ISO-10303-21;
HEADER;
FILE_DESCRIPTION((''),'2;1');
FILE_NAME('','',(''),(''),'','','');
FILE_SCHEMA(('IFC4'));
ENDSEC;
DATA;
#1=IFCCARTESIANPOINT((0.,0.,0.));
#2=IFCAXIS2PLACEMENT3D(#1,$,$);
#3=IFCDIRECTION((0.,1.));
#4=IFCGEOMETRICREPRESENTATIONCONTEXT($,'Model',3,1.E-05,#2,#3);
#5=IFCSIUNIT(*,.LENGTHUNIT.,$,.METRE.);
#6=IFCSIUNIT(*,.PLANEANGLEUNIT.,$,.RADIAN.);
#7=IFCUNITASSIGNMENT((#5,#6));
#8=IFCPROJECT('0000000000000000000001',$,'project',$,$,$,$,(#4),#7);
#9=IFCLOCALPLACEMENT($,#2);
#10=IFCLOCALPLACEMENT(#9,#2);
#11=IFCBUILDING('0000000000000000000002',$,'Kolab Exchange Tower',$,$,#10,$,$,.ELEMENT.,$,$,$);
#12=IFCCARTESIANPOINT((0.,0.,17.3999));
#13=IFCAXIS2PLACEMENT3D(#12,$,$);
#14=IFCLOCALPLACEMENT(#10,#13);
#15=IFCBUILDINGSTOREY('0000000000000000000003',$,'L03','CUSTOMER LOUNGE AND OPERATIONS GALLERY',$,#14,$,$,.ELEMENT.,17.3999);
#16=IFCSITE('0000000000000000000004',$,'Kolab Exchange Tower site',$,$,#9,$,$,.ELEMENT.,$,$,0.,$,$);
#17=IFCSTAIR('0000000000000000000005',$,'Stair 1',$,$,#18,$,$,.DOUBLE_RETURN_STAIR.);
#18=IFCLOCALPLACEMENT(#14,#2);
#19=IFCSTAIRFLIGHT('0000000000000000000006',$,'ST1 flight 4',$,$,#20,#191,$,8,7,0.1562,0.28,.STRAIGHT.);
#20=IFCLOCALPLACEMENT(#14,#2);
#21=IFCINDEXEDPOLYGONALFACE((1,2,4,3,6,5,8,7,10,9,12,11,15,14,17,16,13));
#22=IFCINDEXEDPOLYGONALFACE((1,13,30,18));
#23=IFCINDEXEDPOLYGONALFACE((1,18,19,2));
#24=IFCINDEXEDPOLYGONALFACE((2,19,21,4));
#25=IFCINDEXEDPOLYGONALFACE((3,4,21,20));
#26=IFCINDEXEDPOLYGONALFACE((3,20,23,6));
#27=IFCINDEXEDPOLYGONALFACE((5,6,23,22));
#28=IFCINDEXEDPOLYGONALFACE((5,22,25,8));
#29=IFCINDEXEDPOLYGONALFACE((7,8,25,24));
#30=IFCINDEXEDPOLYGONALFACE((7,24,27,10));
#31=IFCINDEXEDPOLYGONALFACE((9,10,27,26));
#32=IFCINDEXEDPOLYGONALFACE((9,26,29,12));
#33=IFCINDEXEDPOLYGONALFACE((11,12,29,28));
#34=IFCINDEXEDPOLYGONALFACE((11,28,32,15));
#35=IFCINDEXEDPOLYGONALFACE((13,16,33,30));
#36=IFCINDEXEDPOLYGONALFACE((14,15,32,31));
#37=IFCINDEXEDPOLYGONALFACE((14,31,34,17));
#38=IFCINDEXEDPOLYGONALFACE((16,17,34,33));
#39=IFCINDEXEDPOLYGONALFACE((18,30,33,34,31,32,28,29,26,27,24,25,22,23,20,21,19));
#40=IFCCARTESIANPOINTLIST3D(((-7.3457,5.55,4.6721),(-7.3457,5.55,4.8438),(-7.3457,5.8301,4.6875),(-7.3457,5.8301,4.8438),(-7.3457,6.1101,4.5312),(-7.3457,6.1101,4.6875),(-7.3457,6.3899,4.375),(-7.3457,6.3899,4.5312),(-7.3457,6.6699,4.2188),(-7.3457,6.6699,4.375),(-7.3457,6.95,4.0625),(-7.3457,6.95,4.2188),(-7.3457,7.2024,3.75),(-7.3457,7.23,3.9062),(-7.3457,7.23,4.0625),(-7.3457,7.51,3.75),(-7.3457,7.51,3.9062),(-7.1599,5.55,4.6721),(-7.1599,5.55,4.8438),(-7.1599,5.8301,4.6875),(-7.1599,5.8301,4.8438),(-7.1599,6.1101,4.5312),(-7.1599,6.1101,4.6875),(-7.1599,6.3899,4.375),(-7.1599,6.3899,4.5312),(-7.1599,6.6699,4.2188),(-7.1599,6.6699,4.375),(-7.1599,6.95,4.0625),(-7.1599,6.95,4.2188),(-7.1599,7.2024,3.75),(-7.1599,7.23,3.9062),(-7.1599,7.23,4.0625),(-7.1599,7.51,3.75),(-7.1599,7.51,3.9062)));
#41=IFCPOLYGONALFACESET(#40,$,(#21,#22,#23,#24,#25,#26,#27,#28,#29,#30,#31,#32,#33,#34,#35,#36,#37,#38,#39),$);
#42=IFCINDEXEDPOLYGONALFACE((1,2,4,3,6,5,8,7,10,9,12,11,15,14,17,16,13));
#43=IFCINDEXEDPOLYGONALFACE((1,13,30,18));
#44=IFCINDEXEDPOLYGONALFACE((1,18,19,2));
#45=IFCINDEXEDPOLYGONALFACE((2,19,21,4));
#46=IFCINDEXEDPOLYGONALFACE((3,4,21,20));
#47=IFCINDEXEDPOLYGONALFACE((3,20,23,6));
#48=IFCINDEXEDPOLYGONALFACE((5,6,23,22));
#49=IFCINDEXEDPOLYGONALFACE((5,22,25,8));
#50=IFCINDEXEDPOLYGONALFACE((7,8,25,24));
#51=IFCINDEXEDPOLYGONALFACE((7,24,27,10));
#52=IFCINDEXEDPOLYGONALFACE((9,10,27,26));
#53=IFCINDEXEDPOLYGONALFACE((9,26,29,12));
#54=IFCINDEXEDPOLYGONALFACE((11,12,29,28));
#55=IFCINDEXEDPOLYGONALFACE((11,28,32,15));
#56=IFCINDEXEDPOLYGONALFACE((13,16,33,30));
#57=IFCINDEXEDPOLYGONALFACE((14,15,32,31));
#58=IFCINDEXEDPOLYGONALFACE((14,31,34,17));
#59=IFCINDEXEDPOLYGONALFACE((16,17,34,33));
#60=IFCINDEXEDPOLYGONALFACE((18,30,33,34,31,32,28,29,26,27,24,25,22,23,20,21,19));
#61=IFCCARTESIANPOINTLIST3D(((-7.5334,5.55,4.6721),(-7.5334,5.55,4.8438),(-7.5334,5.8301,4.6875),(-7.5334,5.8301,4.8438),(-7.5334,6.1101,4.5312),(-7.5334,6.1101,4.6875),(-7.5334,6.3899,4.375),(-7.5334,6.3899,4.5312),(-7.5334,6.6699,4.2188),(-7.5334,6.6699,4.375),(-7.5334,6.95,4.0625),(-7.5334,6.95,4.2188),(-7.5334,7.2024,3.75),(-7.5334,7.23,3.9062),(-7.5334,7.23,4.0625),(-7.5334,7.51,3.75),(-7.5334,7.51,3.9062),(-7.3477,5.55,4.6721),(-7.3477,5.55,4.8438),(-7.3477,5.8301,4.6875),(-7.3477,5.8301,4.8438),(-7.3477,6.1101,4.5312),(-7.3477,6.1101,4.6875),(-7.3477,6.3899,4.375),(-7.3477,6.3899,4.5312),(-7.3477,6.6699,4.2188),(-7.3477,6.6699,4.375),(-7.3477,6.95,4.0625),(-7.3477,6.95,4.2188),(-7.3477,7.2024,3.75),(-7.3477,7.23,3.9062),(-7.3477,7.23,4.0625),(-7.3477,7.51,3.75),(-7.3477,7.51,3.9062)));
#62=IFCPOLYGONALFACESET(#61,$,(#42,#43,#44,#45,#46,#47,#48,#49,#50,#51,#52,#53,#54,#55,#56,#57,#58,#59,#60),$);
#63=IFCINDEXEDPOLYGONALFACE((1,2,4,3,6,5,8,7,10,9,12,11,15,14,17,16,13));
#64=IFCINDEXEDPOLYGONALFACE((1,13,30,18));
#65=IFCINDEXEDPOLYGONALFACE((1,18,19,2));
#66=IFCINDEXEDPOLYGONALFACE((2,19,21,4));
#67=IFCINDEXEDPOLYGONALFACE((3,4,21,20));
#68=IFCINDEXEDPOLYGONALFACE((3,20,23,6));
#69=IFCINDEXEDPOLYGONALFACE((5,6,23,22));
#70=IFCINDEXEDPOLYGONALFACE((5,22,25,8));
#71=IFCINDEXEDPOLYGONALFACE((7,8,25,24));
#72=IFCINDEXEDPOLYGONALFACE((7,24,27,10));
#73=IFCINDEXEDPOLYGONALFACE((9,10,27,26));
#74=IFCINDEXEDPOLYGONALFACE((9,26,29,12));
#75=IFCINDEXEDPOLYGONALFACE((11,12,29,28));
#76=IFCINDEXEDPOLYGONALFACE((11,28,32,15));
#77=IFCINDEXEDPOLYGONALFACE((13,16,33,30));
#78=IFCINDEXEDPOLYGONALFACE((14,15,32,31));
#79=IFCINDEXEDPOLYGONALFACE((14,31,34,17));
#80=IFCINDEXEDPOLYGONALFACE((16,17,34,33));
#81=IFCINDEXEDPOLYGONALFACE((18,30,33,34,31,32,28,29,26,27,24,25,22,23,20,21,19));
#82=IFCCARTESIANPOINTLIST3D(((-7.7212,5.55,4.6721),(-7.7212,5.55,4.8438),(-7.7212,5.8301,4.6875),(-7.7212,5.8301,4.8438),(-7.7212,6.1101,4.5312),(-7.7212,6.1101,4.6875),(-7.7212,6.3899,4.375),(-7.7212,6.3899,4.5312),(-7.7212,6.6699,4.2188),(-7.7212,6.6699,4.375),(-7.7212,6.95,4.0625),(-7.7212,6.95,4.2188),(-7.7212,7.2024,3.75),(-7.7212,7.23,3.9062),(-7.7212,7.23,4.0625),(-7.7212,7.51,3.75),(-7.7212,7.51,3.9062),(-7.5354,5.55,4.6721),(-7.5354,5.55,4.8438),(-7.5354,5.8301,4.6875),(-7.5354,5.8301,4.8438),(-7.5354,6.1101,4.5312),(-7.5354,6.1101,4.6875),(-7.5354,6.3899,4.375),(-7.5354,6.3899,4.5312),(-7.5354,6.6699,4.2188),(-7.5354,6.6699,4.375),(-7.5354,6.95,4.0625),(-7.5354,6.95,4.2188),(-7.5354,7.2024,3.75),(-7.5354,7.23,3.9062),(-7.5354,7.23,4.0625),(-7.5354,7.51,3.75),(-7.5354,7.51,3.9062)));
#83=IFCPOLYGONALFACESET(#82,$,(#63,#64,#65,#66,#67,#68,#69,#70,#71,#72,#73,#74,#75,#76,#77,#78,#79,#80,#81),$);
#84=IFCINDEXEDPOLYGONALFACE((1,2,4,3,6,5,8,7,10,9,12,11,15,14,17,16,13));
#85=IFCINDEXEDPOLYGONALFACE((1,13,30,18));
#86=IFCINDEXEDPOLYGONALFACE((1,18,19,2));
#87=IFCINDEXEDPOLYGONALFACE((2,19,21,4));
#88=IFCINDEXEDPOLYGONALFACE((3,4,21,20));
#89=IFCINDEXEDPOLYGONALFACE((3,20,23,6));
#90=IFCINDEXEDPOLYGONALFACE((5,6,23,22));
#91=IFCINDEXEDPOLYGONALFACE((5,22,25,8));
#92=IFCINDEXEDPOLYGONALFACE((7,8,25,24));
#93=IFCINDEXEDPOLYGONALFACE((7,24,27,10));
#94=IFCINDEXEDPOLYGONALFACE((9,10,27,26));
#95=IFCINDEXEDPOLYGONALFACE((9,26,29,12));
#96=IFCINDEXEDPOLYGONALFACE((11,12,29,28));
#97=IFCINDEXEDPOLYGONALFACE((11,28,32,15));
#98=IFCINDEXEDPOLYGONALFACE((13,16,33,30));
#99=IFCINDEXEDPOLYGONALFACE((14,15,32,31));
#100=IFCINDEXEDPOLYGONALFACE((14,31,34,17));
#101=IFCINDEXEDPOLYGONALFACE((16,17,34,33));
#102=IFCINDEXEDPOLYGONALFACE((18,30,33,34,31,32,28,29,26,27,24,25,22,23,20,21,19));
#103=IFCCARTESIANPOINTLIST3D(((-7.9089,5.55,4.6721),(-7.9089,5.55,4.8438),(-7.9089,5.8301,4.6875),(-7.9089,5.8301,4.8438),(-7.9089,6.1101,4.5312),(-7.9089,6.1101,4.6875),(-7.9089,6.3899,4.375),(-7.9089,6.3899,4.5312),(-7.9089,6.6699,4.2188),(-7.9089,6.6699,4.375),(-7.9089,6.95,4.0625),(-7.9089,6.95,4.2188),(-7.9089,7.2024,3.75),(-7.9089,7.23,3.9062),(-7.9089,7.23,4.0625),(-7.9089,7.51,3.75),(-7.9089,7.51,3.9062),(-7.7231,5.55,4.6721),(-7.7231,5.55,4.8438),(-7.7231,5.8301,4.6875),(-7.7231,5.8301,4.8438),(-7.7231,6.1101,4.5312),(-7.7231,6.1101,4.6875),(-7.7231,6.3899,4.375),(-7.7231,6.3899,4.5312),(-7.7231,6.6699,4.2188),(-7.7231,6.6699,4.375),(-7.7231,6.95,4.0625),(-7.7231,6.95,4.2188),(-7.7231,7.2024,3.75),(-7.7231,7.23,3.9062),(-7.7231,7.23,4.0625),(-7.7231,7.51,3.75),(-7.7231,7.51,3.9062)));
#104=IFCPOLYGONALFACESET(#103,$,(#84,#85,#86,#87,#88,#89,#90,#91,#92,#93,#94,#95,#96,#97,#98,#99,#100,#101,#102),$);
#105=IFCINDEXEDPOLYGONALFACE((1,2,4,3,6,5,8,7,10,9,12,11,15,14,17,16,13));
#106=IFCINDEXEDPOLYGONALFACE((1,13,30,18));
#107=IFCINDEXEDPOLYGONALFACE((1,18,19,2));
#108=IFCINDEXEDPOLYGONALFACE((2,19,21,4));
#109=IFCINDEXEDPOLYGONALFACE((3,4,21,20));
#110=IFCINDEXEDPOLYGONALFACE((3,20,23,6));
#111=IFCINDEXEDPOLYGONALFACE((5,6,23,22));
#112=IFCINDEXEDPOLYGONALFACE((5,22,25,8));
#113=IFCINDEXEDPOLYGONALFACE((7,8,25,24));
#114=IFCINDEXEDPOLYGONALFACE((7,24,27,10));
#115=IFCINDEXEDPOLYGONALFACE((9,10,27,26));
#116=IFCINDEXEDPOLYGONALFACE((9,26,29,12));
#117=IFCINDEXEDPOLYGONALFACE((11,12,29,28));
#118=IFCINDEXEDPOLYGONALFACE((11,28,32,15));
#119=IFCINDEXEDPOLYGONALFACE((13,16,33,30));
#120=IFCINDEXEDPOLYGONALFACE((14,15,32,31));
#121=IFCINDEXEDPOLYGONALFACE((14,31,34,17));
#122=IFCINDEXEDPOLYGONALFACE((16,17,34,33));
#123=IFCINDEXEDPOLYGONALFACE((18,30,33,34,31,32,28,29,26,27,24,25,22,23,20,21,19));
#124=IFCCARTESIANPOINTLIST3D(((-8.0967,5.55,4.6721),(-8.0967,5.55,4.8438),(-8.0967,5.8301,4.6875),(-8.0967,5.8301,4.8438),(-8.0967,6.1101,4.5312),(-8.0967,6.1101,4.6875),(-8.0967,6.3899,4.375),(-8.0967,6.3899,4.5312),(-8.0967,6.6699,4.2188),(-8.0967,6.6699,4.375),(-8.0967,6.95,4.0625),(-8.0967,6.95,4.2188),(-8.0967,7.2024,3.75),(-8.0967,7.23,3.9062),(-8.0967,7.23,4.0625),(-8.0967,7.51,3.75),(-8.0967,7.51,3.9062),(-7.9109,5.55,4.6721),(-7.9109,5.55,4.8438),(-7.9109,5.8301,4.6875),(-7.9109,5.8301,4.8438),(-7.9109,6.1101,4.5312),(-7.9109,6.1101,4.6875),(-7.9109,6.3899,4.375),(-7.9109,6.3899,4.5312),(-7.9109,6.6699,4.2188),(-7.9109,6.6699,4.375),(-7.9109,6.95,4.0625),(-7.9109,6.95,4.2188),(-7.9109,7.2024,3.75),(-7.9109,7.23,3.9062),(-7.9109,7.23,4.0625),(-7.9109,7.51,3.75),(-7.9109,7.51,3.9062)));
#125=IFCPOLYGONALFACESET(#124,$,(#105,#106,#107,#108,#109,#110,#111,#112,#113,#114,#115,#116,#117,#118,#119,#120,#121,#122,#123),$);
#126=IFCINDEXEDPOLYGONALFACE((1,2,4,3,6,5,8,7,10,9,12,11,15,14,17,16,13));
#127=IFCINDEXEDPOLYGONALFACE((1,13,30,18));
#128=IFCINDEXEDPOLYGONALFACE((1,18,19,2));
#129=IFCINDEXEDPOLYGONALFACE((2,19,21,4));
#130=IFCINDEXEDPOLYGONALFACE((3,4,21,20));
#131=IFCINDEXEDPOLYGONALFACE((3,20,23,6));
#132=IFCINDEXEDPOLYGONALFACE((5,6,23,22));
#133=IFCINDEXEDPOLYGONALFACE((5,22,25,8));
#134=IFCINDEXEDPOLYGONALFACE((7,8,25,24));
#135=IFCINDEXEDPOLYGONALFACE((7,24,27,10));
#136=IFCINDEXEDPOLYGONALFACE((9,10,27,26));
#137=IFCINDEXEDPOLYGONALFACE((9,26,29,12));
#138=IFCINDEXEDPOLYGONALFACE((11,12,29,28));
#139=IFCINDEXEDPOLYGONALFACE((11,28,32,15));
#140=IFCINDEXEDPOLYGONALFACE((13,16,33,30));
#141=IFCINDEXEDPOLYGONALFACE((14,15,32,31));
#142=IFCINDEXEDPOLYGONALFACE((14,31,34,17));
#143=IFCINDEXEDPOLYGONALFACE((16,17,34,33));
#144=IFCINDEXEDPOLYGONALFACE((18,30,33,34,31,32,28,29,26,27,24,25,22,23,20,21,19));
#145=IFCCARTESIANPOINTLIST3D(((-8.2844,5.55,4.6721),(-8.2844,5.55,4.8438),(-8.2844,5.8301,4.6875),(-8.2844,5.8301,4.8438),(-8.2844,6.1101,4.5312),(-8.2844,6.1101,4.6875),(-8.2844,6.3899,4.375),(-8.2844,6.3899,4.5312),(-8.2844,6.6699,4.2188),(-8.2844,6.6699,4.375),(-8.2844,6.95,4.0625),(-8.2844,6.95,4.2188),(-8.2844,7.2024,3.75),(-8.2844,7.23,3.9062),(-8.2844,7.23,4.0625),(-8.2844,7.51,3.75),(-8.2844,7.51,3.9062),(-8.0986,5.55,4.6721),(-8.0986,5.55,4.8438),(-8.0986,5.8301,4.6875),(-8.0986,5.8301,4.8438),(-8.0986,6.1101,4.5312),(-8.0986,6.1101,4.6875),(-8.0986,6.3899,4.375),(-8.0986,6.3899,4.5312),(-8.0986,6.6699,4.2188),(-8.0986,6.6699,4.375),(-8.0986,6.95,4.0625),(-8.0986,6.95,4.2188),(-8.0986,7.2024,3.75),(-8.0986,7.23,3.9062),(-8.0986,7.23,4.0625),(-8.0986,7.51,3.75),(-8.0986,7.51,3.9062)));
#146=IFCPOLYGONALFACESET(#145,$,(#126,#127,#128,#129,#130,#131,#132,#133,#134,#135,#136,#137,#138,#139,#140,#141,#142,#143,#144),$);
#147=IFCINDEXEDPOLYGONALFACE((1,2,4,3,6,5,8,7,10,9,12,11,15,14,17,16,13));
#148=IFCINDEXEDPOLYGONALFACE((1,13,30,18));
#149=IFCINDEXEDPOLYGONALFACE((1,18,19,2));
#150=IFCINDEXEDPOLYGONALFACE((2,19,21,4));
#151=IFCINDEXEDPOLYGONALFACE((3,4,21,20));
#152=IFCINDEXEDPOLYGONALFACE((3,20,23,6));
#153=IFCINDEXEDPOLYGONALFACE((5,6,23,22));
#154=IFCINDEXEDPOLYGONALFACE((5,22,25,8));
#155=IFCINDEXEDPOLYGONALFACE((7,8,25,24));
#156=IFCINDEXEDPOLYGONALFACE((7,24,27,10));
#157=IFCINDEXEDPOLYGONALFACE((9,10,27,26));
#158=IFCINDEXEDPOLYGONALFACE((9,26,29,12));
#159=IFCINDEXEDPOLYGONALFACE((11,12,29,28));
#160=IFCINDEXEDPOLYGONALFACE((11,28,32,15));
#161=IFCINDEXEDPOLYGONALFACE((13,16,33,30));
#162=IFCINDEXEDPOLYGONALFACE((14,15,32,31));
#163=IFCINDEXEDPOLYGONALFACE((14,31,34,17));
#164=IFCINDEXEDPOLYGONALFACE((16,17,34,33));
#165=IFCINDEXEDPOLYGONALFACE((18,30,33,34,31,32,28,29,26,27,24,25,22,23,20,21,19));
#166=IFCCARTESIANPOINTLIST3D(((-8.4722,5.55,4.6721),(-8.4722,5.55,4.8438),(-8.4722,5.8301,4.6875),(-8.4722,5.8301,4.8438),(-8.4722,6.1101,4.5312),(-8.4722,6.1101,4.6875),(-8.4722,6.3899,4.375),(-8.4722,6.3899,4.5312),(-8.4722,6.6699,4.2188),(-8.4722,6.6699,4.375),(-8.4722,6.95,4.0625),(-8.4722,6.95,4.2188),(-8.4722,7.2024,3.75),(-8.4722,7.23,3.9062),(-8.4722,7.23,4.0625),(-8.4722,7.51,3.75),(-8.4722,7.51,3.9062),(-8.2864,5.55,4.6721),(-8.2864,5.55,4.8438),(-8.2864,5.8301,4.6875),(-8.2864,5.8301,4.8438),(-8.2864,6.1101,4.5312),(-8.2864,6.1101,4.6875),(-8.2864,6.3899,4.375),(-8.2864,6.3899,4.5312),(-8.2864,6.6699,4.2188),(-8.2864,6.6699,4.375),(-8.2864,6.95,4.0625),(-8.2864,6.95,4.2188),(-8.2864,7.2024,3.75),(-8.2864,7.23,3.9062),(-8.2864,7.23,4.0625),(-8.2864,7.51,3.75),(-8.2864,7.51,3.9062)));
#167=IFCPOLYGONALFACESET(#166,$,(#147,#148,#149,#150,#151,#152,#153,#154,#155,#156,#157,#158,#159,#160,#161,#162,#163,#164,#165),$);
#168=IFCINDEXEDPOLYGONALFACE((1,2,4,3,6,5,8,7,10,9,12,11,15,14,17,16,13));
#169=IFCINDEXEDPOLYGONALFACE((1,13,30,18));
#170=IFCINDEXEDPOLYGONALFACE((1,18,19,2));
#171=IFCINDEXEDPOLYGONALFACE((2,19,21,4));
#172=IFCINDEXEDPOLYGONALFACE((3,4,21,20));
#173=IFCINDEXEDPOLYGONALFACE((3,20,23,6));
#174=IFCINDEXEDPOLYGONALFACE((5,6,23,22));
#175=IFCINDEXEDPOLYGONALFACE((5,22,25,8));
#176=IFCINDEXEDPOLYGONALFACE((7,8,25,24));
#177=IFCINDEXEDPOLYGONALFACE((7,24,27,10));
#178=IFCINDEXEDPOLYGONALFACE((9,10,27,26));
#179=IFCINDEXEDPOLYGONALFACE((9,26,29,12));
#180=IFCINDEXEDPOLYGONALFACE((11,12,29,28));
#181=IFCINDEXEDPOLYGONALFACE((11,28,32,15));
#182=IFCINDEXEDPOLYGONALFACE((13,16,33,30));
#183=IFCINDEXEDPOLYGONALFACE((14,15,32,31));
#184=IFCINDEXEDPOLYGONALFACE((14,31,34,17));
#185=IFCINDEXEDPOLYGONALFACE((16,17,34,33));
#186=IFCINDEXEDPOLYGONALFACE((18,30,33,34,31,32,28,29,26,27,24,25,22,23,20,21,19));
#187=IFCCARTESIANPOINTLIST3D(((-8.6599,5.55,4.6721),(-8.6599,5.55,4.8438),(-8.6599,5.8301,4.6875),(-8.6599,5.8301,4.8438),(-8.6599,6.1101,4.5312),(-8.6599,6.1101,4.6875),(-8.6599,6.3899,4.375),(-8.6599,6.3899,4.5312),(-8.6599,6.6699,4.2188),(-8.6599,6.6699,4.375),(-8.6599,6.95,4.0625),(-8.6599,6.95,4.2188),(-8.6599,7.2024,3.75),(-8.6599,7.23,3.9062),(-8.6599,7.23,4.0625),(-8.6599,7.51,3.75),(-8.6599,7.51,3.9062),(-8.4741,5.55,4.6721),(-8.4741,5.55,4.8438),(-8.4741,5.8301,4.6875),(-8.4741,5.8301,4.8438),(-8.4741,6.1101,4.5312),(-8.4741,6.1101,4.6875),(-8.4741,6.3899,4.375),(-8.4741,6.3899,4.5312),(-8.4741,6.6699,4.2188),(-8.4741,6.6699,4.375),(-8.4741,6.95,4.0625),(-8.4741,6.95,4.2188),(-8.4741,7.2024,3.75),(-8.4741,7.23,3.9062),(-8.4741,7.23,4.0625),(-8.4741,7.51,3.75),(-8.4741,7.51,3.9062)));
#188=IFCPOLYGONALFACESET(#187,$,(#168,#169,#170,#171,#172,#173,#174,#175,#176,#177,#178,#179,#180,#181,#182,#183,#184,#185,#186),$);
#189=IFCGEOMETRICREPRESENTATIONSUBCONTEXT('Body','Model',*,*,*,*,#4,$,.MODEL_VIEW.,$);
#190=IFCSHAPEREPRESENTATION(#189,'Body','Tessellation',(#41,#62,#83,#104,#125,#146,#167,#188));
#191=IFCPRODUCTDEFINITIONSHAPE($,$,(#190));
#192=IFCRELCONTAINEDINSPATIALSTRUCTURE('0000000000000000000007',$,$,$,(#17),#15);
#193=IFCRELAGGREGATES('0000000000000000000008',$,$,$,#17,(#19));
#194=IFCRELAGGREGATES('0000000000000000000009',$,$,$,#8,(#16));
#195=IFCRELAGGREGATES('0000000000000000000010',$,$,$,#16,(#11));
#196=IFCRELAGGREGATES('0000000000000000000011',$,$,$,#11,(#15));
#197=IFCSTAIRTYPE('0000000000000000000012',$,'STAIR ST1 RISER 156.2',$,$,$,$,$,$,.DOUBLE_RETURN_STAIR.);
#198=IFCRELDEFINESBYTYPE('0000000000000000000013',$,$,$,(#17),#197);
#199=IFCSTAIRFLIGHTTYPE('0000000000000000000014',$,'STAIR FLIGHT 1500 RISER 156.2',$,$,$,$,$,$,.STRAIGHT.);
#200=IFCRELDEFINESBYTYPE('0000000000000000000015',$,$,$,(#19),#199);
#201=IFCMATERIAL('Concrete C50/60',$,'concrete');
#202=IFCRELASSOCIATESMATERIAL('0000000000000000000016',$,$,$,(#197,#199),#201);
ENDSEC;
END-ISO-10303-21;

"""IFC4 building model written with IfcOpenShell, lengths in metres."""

from ifc_helpers import new_model, si_unit, direction, frame, origin, place, context, subcontext, project, spatial, polyline, outline, extrude, material, type_object, element, aggregate, save


model = new_model("IFC4")

# Units and contexts
model_context = context("Model", 3, precision=1e-05, world=origin(), true_north=direction((0.0, 1.0)))
body_context = subcontext(model_context, "Body", "Model", "MODEL_VIEW")
ifc_project = project(units=[si_unit("LENGTHUNIT", "METRE"), si_unit("PLANEANGLEUNIT", "RADIAN")], contexts=[model_context])

# Site, building, storey
site_placement = place(None, origin())
site = spatial("IfcSite", under=ifc_project, at=site_placement, Name="Kolab Exchange Tower site", CompositionType="ELEMENT", RefElevation=0.0)
building_placement = place(site_placement, origin())
building = spatial("IfcBuilding", under=site, at=building_placement, Name="Kolab Exchange Tower", CompositionType="ELEMENT")
storey_placement = place(building_placement, frame((0.0, 0.0, 17.3999)))
storey = spatial("IfcBuildingStorey", under=building, at=storey_placement, Name="L03", Description="CUSTOMER LOUNGE AND OPERATIONS GALLERY", CompositionType="ELEMENT", Elevation=17.3999)

# Shared definitions
ifc_material_1 = material(Name="Concrete C50/60", Category="concrete")

# Stair, stair flight
stair_type = type_object("IfcStairType", Name="STAIR ST1 RISER 156.2", PredefinedType="DOUBLE_RETURN_STAIR", material=ifc_material_1)
stair_placement = place(storey_placement, origin())
stair = element("IfcStair", 1, at=stair_placement, inside=storey, type_object=stair_type, Name="Stair 1", PredefinedType="DOUBLE_RETURN_STAIR")
stair_flight_type = type_object("IfcStairFlightType", Name="STAIR FLIGHT 1500 RISER 156.2", PredefinedType="STRAIGHT", material=ifc_material_1)
stair_flight_1_placement = place(storey_placement, frame((-7.9099, 7.51, 3.75), z_axis=(0.0, 0.0, 1.0), x_axis=(0.0, -1.0, 0.0)))
stair_flight_1 = element("IfcStairFlight", 2, at=stair_flight_1_placement, type_object=stair_flight_type, Name="ST1 flight 4", NumberOfRisers=8, NumberOfTreads=7, PredefinedType="STRAIGHT", RiserHeight=0.1562, TreadLength=0.28, context=body_context, shape_type="SweptSolid", body=[
    extrude(outline(polyline([(0.0, 0.0), (0.0, 0.1562), (0.28, 0.1562), (0.28, 0.3125), (0.5601, 0.3125), (0.5601, 0.4688), (0.8401, 0.4688), (0.8401, 0.625), (1.1201, 0.625), (1.1201, 0.7812), (1.3999, 0.7812), (1.3999, 0.9375), (1.6799, 0.9375), (1.6799, 1.0938), (1.96, 1.0938), (1.96, 1.25), (1.96, 0.9221), (0.3076, 0.0), (0.0, 0.0)])), frame((0.0, 0.75, 0.0), z_axis=(0.0, -1.0, 0.0), x_axis=(1.0, 0.0, 0.0)), (0.0, 0.0, 1.0), 0.1858),
    extrude(outline(polyline([(0.0, 0.0), (0.0, 0.1562), (0.28, 0.1562), (0.28, 0.3125), (0.5601, 0.3125), (0.5601, 0.4688), (0.8401, 0.4688), (0.8401, 0.625), (1.1201, 0.625), (1.1201, 0.7812), (1.3999, 0.7812), (1.3999, 0.9375), (1.6799, 0.9375), (1.6799, 1.0938), (1.96, 1.0938), (1.96, 1.25), (1.96, 0.9221), (0.3076, 0.0), (0.0, 0.0)])), frame((0.0, 0.5623, 0.0), z_axis=(0.0, -1.0, 0.0), x_axis=(1.0, 0.0, 0.0)), (0.0, 0.0, 1.0), 0.1858),
    extrude(outline(polyline([(0.0, 0.0), (0.0, 0.1562), (0.28, 0.1562), (0.28, 0.3125), (0.5601, 0.3125), (0.5601, 0.4688), (0.8401, 0.4688), (0.8401, 0.625), (1.1201, 0.625), (1.1201, 0.7812), (1.3999, 0.7812), (1.3999, 0.9375), (1.6799, 0.9375), (1.6799, 1.0938), (1.96, 1.0938), (1.96, 1.25), (1.96, 0.9221), (0.3076, 0.0), (0.0, 0.0)])), frame((0.0, 0.3745, 0.0), z_axis=(0.0, -1.0, 0.0), x_axis=(1.0, 0.0, 0.0)), (0.0, 0.0, 1.0), 0.1858),
    extrude(outline(polyline([(0.0, 0.0), (0.0, 0.1562), (0.28, 0.1562), (0.28, 0.3125), (0.5601, 0.3125), (0.5601, 0.4688), (0.8401, 0.4688), (0.8401, 0.625), (1.1201, 0.625), (1.1201, 0.7812), (1.3999, 0.7812), (1.3999, 0.9375), (1.6799, 0.9375), (1.6799, 1.0938), (1.96, 1.0938), (1.96, 1.25), (1.96, 0.9221), (0.3076, 0.0), (0.0, 0.0)])), frame((0.0, 0.1868, 0.0), z_axis=(0.0, -1.0, 0.0), x_axis=(1.0, 0.0, 0.0)), (0.0, 0.0, 1.0), 0.1858),
    extrude(outline(polyline([(0.0, 0.0), (0.0, 0.1562), (0.28, 0.1562), (0.28, 0.3125), (0.5601, 0.3125), (0.5601, 0.4688), (0.8401, 0.4688), (0.8401, 0.625), (1.1201, 0.625), (1.1201, 0.7812), (1.3999, 0.7812), (1.3999, 0.9375), (1.6799, 0.9375), (1.6799, 1.0938), (1.96, 1.0938), (1.96, 1.25), (1.96, 0.9221), (0.3076, 0.0), (0.0, 0.0)])), frame((0.0, -0.001, 0.0), z_axis=(0.0, -1.0, 0.0), x_axis=(1.0, 0.0, 0.0)), (0.0, 0.0, 1.0), 0.1858),
    extrude(outline(polyline([(0.0, 0.0), (0.0, 0.1562), (0.28, 0.1562), (0.28, 0.3125), (0.5601, 0.3125), (0.5601, 0.4688), (0.8401, 0.4688), (0.8401, 0.625), (1.1201, 0.625), (1.1201, 0.7812), (1.3999, 0.7812), (1.3999, 0.9375), (1.6799, 0.9375), (1.6799, 1.0938), (1.96, 1.0938), (1.96, 1.25), (1.96, 0.9221), (0.3076, 0.0), (0.0, 0.0)])), frame((0.0, -0.1887, 0.0), z_axis=(0.0, -1.0, 0.0), x_axis=(1.0, 0.0, 0.0)), (0.0, 0.0, 1.0), 0.1858),
    extrude(outline(polyline([(0.0, 0.0), (0.0, 0.1562), (0.28, 0.1562), (0.28, 0.3125), (0.5601, 0.3125), (0.5601, 0.4688), (0.8401, 0.4688), (0.8401, 0.625), (1.1201, 0.625), (1.1201, 0.7812), (1.3999, 0.7812), (1.3999, 0.9375), (1.6799, 0.9375), (1.6799, 1.0938), (1.96, 1.0938), (1.96, 1.25), (1.96, 0.9221), (0.3076, 0.0), (0.0, 0.0)])), frame((0.0, -0.3765, 0.0), z_axis=(0.0, -1.0, 0.0), x_axis=(1.0, 0.0, 0.0)), (0.0, 0.0, 1.0), 0.1858),
    extrude(outline(polyline([(0.0, 0.0), (0.0, 0.1562), (0.28, 0.1562), (0.28, 0.3125), (0.5601, 0.3125), (0.5601, 0.4688), (0.8401, 0.4688), (0.8401, 0.625), (1.1201, 0.625), (1.1201, 0.7812), (1.3999, 0.7812), (1.3999, 0.9375), (1.6799, 0.9375), (1.6799, 1.0938), (1.96, 1.0938), (1.96, 1.25), (1.96, 0.9221), (0.3076, 0.0), (0.0, 0.0)])), frame((0.0, -0.5642, 0.0), z_axis=(0.0, -1.0, 0.0), x_axis=(1.0, 0.0, 0.0)), (0.0, 0.0, 1.0), 0.1858),
])
aggregate(stair, [stair_flight_1])

save(model, "model.ifc")
